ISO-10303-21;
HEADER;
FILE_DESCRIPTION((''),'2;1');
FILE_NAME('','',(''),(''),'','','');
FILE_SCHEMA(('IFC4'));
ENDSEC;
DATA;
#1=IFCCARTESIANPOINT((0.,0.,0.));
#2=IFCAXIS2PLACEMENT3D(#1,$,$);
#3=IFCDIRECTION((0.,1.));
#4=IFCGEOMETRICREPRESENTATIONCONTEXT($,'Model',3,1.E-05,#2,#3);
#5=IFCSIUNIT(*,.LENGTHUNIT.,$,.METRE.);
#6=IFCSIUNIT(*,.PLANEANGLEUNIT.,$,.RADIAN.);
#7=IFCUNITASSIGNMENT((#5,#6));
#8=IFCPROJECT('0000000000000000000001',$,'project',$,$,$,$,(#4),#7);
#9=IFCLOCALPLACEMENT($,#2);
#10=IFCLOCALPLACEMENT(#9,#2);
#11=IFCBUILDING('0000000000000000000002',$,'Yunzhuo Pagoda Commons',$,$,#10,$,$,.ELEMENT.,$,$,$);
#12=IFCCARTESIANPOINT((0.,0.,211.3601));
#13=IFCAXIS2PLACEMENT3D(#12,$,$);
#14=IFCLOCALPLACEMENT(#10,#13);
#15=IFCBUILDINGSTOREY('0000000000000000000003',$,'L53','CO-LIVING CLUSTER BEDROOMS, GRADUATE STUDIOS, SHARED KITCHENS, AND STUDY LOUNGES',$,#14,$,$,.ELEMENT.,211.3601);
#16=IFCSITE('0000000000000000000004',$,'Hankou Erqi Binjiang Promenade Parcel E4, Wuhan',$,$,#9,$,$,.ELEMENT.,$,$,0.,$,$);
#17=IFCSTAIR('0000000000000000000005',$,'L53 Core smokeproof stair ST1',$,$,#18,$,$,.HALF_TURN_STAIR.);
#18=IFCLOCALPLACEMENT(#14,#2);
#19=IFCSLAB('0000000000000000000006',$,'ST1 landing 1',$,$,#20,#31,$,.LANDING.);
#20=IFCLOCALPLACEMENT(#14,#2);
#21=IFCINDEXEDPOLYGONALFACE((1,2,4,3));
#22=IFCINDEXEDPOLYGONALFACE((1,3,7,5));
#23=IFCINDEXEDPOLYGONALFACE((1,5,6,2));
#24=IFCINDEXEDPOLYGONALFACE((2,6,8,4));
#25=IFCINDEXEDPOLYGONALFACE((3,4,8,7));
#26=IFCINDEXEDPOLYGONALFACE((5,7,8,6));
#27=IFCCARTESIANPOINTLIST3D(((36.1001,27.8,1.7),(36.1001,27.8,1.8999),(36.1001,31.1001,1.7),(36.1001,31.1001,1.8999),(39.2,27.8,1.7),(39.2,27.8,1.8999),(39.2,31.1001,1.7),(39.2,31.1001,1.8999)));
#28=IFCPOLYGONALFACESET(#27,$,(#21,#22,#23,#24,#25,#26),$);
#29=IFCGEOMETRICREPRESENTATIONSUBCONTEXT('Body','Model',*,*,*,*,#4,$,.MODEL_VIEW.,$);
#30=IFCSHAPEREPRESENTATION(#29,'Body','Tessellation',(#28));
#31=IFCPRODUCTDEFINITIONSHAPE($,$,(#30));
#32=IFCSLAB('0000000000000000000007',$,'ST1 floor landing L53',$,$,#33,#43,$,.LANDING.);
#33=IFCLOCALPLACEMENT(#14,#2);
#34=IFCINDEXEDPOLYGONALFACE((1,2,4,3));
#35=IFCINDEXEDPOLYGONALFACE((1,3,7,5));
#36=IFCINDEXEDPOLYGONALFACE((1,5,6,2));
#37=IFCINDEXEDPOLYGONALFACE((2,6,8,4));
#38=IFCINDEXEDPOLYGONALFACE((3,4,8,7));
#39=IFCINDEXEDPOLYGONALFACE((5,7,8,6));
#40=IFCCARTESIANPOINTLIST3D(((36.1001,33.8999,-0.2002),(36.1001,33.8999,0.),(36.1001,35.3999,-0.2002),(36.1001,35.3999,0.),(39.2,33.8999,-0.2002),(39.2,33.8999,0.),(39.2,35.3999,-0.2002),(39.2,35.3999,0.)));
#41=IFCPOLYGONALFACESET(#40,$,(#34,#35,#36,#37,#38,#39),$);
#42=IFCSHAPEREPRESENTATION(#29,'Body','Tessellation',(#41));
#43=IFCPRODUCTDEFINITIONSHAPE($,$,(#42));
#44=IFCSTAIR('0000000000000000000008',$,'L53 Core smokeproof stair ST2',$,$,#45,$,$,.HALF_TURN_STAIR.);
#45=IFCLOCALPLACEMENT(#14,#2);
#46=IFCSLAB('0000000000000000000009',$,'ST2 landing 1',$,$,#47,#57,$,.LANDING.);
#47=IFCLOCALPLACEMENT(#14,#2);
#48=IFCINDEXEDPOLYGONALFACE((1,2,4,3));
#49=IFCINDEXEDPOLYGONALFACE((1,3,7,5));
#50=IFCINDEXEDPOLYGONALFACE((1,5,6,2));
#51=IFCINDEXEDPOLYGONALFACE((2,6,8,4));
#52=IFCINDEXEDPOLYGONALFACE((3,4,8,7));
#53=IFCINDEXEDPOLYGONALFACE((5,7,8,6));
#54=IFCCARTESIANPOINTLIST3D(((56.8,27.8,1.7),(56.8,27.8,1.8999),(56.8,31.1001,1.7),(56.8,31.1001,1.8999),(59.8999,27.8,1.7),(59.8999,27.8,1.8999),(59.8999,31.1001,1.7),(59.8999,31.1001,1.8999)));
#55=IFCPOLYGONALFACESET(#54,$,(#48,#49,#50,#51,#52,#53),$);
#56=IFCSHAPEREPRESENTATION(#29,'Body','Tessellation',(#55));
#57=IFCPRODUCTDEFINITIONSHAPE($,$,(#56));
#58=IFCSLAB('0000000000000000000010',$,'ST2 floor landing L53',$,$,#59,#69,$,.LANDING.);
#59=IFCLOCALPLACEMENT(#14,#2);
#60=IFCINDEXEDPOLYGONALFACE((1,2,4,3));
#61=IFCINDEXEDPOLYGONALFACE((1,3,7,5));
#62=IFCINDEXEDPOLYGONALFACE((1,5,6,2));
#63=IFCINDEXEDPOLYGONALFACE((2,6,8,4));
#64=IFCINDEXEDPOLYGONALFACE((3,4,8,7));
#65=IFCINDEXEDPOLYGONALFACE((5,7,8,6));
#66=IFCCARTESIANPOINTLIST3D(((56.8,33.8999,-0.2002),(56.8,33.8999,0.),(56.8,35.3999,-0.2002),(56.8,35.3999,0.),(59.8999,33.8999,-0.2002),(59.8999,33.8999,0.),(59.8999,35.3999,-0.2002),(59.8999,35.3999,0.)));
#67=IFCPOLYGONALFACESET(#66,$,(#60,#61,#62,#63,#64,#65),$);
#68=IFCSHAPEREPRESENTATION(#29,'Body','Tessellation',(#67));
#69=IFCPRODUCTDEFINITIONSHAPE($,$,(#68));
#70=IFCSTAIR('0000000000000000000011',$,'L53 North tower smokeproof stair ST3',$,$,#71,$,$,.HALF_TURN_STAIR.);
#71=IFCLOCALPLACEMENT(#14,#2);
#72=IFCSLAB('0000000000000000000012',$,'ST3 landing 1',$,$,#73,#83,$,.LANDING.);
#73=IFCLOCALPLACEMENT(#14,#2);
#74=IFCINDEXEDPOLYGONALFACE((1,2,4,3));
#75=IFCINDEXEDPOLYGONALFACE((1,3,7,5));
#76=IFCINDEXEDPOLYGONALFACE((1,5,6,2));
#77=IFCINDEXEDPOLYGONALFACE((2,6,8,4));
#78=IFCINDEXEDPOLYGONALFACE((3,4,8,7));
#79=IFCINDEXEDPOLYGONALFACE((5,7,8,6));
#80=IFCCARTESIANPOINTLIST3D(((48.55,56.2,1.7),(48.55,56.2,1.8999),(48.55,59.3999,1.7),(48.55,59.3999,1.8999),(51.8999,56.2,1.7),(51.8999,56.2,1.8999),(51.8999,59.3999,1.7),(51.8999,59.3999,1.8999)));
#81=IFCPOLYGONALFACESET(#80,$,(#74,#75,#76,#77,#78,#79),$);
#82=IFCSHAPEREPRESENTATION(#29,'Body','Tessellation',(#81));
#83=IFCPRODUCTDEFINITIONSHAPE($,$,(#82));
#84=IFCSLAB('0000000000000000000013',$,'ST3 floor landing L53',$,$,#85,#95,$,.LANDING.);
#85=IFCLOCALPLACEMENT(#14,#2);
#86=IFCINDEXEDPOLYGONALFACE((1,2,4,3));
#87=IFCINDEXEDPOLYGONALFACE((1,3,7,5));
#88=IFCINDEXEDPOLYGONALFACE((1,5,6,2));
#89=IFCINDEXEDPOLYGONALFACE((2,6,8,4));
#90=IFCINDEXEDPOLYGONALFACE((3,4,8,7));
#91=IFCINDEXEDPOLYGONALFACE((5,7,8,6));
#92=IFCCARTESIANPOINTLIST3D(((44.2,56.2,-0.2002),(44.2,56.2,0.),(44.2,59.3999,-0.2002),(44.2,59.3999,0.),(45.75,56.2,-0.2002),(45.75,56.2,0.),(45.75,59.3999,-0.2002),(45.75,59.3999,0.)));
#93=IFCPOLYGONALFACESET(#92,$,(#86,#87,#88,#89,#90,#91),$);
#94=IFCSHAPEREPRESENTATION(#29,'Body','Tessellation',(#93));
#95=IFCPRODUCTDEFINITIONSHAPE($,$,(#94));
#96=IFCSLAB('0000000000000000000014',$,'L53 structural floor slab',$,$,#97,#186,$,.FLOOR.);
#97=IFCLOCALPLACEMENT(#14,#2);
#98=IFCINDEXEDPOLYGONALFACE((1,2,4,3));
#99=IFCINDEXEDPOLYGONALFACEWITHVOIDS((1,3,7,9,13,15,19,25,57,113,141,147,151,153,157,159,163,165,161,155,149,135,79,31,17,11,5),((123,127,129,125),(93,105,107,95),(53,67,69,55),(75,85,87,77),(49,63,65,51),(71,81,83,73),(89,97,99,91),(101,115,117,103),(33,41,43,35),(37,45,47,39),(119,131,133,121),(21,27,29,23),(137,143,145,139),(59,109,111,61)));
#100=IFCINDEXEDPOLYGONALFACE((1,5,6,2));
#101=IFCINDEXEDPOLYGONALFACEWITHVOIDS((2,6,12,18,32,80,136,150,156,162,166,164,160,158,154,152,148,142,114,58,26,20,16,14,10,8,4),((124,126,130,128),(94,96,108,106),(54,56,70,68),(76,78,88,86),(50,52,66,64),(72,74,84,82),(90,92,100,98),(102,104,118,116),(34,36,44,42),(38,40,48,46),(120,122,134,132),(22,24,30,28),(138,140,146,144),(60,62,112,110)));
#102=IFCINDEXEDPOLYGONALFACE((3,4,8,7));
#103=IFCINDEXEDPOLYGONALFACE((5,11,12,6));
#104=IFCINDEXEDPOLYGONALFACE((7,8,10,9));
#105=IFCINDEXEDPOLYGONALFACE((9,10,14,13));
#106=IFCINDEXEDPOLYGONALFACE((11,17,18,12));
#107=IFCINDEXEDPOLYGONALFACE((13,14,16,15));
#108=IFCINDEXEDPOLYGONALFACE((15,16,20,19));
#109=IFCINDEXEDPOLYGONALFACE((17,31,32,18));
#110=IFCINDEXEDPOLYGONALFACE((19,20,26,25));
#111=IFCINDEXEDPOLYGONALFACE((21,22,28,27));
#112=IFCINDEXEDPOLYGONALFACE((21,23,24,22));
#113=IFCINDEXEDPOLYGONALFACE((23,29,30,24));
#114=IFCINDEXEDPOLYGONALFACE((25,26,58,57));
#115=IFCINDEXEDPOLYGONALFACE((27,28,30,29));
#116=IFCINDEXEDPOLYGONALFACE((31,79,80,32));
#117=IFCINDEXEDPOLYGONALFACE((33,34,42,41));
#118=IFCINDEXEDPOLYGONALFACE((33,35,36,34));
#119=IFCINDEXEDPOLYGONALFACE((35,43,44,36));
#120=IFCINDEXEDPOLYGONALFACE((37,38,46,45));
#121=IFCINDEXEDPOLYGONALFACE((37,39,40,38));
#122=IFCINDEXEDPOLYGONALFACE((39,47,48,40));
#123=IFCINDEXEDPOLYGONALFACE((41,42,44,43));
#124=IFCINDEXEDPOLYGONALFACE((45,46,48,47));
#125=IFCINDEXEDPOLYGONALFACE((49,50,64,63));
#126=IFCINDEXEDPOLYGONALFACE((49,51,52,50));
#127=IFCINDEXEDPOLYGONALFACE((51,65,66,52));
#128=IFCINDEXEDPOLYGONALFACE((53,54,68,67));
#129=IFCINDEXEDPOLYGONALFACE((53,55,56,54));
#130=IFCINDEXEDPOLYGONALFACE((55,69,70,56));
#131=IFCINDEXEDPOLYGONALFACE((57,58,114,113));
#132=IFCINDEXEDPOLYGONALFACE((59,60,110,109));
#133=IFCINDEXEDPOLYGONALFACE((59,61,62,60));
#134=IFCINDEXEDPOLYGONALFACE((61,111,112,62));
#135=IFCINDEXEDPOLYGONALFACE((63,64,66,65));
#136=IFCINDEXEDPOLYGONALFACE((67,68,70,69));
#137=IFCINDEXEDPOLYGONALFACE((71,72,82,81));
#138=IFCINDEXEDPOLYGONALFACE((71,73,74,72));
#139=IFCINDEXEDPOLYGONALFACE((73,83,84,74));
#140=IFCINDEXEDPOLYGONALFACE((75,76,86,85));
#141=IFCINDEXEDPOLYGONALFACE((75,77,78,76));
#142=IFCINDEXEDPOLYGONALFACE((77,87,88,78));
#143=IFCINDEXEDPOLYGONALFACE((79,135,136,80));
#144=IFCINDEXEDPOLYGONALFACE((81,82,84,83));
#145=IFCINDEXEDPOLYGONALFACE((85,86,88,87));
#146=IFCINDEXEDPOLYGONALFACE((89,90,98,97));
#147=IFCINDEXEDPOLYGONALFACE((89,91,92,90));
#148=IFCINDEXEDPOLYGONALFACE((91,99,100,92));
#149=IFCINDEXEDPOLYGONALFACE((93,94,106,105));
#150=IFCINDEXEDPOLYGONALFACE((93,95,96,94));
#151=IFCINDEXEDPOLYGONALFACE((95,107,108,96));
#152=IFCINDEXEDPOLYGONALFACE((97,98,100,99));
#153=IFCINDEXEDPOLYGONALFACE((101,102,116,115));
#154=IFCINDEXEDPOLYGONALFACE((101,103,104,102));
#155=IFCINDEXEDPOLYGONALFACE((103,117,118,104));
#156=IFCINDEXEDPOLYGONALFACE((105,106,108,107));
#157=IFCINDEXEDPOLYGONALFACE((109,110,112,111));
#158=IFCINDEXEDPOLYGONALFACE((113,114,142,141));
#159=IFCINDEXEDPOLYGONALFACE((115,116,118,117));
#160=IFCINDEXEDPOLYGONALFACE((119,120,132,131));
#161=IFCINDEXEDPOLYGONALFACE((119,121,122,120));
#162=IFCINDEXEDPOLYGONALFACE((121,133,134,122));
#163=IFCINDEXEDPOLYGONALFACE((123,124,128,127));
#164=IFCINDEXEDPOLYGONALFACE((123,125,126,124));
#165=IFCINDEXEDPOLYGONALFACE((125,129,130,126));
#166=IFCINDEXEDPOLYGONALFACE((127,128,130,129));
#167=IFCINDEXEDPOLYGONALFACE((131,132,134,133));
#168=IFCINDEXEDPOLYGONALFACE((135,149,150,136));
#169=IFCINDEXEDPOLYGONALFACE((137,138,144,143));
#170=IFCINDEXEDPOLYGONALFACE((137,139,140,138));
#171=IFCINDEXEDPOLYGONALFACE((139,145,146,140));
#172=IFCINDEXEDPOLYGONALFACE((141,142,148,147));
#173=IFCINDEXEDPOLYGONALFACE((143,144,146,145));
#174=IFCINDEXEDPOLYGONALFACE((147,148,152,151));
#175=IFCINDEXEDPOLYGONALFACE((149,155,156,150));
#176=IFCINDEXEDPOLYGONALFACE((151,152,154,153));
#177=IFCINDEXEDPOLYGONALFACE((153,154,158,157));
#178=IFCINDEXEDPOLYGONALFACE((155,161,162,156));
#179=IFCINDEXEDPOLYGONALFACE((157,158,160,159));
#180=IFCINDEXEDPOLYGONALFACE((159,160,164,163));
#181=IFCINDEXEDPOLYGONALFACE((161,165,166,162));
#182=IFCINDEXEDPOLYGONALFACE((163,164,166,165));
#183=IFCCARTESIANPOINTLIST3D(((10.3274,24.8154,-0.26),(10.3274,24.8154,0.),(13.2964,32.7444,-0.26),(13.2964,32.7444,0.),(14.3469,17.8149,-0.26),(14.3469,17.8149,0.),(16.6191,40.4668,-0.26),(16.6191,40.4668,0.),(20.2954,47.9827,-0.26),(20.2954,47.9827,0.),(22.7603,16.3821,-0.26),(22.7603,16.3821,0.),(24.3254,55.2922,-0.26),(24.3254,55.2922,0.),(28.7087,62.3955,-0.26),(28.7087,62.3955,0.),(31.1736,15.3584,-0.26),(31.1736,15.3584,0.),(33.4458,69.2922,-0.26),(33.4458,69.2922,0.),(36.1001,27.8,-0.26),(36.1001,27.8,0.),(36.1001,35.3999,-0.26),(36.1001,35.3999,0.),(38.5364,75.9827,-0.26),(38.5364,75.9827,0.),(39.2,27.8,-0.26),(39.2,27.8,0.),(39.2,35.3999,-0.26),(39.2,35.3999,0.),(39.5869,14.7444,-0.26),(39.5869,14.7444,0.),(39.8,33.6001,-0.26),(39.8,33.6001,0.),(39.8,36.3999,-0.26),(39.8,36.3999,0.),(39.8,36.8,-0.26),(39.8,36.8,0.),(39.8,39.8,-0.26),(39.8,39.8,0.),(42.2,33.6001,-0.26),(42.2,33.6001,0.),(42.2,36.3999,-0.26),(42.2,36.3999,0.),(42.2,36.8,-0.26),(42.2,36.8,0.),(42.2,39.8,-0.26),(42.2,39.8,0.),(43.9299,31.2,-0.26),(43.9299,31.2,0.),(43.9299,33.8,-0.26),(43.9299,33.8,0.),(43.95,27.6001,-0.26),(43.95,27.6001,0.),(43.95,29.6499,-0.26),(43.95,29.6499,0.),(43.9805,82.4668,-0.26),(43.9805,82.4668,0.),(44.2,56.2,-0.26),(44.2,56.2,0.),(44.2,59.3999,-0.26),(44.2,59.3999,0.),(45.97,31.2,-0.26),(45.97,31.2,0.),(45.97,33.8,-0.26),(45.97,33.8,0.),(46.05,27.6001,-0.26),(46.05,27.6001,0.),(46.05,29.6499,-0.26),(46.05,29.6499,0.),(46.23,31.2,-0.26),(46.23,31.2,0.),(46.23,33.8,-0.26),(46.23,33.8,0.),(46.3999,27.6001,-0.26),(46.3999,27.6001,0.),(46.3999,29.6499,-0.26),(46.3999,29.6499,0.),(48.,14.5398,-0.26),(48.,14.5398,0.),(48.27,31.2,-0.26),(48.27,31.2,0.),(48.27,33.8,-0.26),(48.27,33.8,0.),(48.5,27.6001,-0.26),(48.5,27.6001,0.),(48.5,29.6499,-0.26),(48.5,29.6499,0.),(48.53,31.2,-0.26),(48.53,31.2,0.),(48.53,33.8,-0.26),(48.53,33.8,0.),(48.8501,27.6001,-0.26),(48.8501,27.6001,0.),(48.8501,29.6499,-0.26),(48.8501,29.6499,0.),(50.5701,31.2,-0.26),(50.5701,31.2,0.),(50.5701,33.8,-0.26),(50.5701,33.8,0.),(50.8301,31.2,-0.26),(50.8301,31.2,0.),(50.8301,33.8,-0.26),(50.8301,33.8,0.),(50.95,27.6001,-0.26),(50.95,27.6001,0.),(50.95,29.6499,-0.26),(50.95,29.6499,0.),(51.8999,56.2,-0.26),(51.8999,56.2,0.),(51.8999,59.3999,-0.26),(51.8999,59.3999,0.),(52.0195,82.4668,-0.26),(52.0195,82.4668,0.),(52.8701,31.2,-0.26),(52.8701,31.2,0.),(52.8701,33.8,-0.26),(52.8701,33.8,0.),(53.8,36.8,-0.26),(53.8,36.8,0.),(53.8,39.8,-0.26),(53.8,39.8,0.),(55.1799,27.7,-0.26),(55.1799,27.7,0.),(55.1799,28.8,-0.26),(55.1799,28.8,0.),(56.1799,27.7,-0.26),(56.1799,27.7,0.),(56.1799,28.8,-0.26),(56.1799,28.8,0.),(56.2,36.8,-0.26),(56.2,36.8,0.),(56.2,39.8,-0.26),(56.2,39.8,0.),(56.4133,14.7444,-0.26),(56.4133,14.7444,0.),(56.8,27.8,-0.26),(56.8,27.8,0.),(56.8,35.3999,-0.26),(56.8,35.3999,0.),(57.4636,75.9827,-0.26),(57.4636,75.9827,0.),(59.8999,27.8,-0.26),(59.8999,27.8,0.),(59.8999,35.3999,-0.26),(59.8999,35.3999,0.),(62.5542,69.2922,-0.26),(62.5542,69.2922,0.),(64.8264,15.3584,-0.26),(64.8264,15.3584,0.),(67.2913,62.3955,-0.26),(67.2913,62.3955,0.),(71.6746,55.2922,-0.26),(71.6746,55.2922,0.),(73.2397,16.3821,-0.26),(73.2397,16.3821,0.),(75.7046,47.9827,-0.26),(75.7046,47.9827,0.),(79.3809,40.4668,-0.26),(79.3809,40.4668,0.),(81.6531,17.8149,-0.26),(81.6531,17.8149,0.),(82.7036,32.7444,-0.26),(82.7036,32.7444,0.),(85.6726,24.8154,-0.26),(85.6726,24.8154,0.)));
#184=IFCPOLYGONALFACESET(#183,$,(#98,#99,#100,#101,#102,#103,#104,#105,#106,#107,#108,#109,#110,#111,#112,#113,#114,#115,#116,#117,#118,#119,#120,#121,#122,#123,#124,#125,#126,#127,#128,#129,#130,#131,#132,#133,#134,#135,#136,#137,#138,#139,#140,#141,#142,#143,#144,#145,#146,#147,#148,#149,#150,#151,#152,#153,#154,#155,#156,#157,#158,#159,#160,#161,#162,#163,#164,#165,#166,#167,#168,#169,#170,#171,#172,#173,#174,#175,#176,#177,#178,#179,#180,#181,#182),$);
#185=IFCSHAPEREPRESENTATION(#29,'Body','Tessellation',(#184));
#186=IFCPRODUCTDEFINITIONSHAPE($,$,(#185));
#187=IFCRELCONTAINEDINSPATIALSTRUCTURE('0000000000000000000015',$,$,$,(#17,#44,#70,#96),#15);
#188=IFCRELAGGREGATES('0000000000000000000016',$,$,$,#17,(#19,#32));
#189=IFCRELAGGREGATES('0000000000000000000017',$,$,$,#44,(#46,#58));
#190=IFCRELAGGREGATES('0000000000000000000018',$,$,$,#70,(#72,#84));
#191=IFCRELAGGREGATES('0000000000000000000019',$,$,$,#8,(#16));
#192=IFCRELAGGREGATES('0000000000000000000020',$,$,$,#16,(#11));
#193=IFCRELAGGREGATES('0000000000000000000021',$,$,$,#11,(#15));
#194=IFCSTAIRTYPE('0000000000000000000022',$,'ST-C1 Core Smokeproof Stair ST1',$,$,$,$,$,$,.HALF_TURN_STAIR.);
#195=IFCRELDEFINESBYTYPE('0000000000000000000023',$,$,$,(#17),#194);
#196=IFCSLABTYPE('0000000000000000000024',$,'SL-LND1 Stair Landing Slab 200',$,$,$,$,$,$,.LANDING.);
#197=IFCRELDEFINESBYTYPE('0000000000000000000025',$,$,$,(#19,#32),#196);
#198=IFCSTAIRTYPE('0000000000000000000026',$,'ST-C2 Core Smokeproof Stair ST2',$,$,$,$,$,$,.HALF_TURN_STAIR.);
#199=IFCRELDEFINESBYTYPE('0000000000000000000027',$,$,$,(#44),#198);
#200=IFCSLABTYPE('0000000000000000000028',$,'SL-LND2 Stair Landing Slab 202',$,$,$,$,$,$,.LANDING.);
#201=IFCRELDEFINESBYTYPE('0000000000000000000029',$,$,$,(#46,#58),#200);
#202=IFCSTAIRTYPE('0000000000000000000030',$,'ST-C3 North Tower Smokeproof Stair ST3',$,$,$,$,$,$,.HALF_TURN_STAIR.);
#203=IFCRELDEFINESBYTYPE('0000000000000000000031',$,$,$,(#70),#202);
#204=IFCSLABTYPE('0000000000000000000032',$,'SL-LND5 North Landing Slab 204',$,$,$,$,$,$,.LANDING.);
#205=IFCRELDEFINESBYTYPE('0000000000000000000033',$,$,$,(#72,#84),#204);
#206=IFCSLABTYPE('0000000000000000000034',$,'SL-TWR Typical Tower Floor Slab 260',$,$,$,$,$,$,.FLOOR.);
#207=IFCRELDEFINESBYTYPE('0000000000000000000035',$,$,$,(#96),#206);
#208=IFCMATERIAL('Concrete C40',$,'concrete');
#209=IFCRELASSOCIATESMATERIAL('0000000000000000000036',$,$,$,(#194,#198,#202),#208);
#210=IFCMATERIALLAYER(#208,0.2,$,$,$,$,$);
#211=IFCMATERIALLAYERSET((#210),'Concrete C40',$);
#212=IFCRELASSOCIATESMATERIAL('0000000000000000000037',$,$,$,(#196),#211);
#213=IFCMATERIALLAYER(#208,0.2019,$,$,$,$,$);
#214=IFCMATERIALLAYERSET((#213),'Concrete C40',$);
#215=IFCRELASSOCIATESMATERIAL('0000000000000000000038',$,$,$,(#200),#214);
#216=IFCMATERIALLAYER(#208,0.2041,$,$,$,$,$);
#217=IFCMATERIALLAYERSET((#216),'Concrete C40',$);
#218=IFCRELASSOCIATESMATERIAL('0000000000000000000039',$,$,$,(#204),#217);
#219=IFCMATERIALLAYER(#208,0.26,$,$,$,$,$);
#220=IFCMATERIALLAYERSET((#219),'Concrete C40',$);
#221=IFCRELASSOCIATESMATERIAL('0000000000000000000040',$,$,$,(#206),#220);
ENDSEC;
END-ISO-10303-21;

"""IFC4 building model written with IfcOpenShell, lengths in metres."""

from ifc_helpers import new_model, si_unit, direction, frame, origin, place, context, subcontext, project, spatial, polyline, outline, extrude, material, layer, layer_set, type_object, element, aggregate, save


model = new_model("IFC4")

# Units and contexts
model_context = context("Model", 3, precision=1e-05, world=origin(), true_north=direction((0.0, 1.0)))
body_context = subcontext(model_context, "Body", "Model", "MODEL_VIEW")
ifc_project = project(units=[si_unit("LENGTHUNIT", "METRE"), si_unit("PLANEANGLEUNIT", "RADIAN")], contexts=[model_context])

# Site, building, storey
site_placement = place(None, origin())
site = spatial("IfcSite", under=ifc_project, at=site_placement, Name="Hankou Erqi Binjiang Promenade Parcel E4, Wuhan", CompositionType="ELEMENT", RefElevation=0.0)
building_placement = place(site_placement, origin())
building = spatial("IfcBuilding", under=site, at=building_placement, Name="Yunzhuo Pagoda Commons", CompositionType="ELEMENT")
storey_placement = place(building_placement, frame((0.0, 0.0, 211.3601)))
storey = spatial("IfcBuildingStorey", under=building, at=storey_placement, Name="L53", Description="CO-LIVING CLUSTER BEDROOMS, GRADUATE STUDIOS, SHARED KITCHENS, AND STUDY LOUNGES", CompositionType="ELEMENT", Elevation=211.3601)

# Shared definitions
ifc_material_1 = material(Name="Concrete C40", Category="concrete")

# Stairs, slabs
stair_type_1 = type_object("IfcStairType", Name="ST-C1 Core Smokeproof Stair ST1", PredefinedType="HALF_TURN_STAIR", material=ifc_material_1)
stair_1_placement = place(storey_placement, origin())
stair_1 = element("IfcStair", 1, at=stair_1_placement, inside=storey, type_object=stair_type_1, Name="L53 Core smokeproof stair ST1", PredefinedType="HALF_TURN_STAIR")
ifc_layer_1 = layer(ifc_material_1, 0.2)
ifc_layer_set_1 = layer_set([ifc_layer_1], Name="Concrete C40")
slab_type_1 = type_object("IfcSlabType", Name="SL-LND1 Stair Landing Slab 200", PredefinedType="LANDING", material=ifc_layer_set_1)
slab_1_placement = place(storey_placement, frame((0.0, 0.0, 1.7)))
slab_1 = element("IfcSlab", 2, at=slab_1_placement, type_object=slab_type_1, Name="ST1 landing 1", PredefinedType="LANDING", context=body_context, shape_type="SweptSolid", body=[
    extrude(outline(polyline([(36.1001, 31.1001), (36.1001, 27.8), (39.2, 27.8), (39.2, 31.1001), (36.1001, 31.1001)])), origin(), (0.0, 0.0, 1.0), 0.2),
])
slab_2_placement = place(storey_placement, frame((0.0, 0.0, -0.2002)))
slab_2 = element("IfcSlab", 3, at=slab_2_placement, type_object=slab_type_1, Name="ST1 floor landing L53", PredefinedType="LANDING", context=body_context, shape_type="SweptSolid", body=[
    extrude(outline(polyline([(36.1001, 35.3999), (36.1001, 33.8999), (39.2, 33.8999), (39.2, 35.3999), (36.1001, 35.3999)])), origin(), (0.0, 0.0, 1.0), 0.2002),
])
aggregate(stair_1, [slab_1, slab_2])
stair_type_2 = type_object("IfcStairType", Name="ST-C2 Core Smokeproof Stair ST2", PredefinedType="HALF_TURN_STAIR", material=ifc_material_1)
stair_2_placement = place(storey_placement, origin())
stair_2 = element("IfcStair", 4, at=stair_2_placement, inside=storey, type_object=stair_type_2, Name="L53 Core smokeproof stair ST2", PredefinedType="HALF_TURN_STAIR")
ifc_layer_2 = layer(ifc_material_1, 0.2019)
ifc_layer_set_2 = layer_set([ifc_layer_2], Name="Concrete C40")
slab_type_2 = type_object("IfcSlabType", Name="SL-LND2 Stair Landing Slab 202", PredefinedType="LANDING", material=ifc_layer_set_2)
slab_3_placement = place(storey_placement, frame((0.0, 0.0, 1.7)))
slab_3 = element("IfcSlab", 5, at=slab_3_placement, type_object=slab_type_2, Name="ST2 landing 1", PredefinedType="LANDING", context=body_context, shape_type="SweptSolid", body=[
    extrude(outline(polyline([(56.8, 31.1001), (56.8, 27.8), (59.8999, 27.8), (59.8999, 31.1001), (56.8, 31.1001)])), origin(), (0.0, 0.0, 1.0), 0.2),
])
slab_4_placement = place(storey_placement, frame((0.0, 0.0, -0.2002)))
slab_4 = element("IfcSlab", 6, at=slab_4_placement, type_object=slab_type_2, Name="ST2 floor landing L53", PredefinedType="LANDING", context=body_context, shape_type="SweptSolid", body=[
    extrude(outline(polyline([(56.8, 35.3999), (56.8, 33.8999), (59.8999, 33.8999), (59.8999, 35.3999), (56.8, 35.3999)])), origin(), (0.0, 0.0, 1.0), 0.2002),
])
aggregate(stair_2, [slab_3, slab_4])
stair_type_3 = type_object("IfcStairType", Name="ST-C3 North Tower Smokeproof Stair ST3", PredefinedType="HALF_TURN_STAIR", material=ifc_material_1)
stair_3_placement = place(storey_placement, origin())
stair_3 = element("IfcStair", 7, at=stair_3_placement, inside=storey, type_object=stair_type_3, Name="L53 North tower smokeproof stair ST3", PredefinedType="HALF_TURN_STAIR")
ifc_layer_3 = layer(ifc_material_1, 0.2041)
ifc_layer_set_3 = layer_set([ifc_layer_3], Name="Concrete C40")
slab_type_3 = type_object("IfcSlabType", Name="SL-LND5 North Landing Slab 204", PredefinedType="LANDING", material=ifc_layer_set_3)
slab_5_placement = place(storey_placement, frame((0.0, 0.0, 1.7)))
slab_5 = element("IfcSlab", 8, at=slab_5_placement, type_object=slab_type_3, Name="ST3 landing 1", PredefinedType="LANDING", context=body_context, shape_type="SweptSolid", body=[
    extrude(outline(polyline([(48.55, 56.2), (51.8999, 56.2), (51.8999, 59.3999), (48.55, 59.3999), (48.55, 56.2)])), origin(), (0.0, 0.0, 1.0), 0.2),
])
slab_6_placement = place(storey_placement, frame((0.0, 0.0, -0.2002)))
slab_6 = element("IfcSlab", 9, at=slab_6_placement, type_object=slab_type_3, Name="ST3 floor landing L53", PredefinedType="LANDING", context=body_context, shape_type="SweptSolid", body=[
    extrude(outline(polyline([(44.2, 56.2), (45.75, 56.2), (45.75, 59.3999), (44.2, 59.3999), (44.2, 56.2)])), origin(), (0.0, 0.0, 1.0), 0.2002),
])
aggregate(stair_3, [slab_5, slab_6])

# Slab
ifc_layer_4 = layer(ifc_material_1, 0.26)
ifc_layer_set_4 = layer_set([ifc_layer_4], Name="Concrete C40")
slab_type_4 = type_object("IfcSlabType", Name="SL-TWR Typical Tower Floor Slab 260", PredefinedType="FLOOR", material=ifc_layer_set_4)
slab_7_placement = place(storey_placement, frame((0.0, 0.0, -0.26)))
element("IfcSlab", 10, at=slab_7_placement, inside=storey, type_object=slab_type_4, Name="L53 structural floor slab", PredefinedType="FLOOR", context=body_context, shape_type="SweptSolid", body=[
    extrude(outline(polyline([(13.2964, 32.7444), (16.6191, 40.4668), (20.2954, 47.9827), (24.3254, 55.2922), (28.7087, 62.3955), (33.4458, 69.2922), (38.5364, 75.9827), (43.9805, 82.4668), (52.0195, 82.4668), (57.4636, 75.9827), (62.5542, 69.2922), (67.2913, 62.3955), (71.6746, 55.2922), (75.7046, 47.9827), (79.3809, 40.4668), (82.7036, 32.7444), (85.6726, 24.8154), (81.6531, 17.8149), (73.2397, 16.3821), (64.8264, 15.3584), (56.4133, 14.7444), (48.0, 14.5398), (39.5869, 14.7444), (31.1736, 15.3584), (22.7603, 16.3821), (14.3469, 17.8149), (10.3274, 24.8154), (13.2964, 32.7444)]), holes=[polyline([(46.05, 29.6499), (43.95, 29.6499), (43.95, 27.6001), (46.05, 27.6001), (46.05, 29.6499)]), polyline([(48.5, 27.6001), (48.5, 29.6499), (46.3999, 29.6499), (46.3999, 27.6001), (48.5, 27.6001)]), polyline([(36.1001, 27.8), (39.2, 27.8), (39.2, 35.3999), (36.1001, 35.3999), (36.1001, 27.8)]), polyline([(45.97, 31.2), (45.97, 33.8), (43.9299, 33.8), (43.9299, 31.2), (45.97, 31.2)]), polyline([(48.27, 31.2), (48.27, 33.8), (46.23, 33.8), (46.23, 31.2), (48.27, 31.2)]), polyline([(42.2, 33.6001), (42.2, 36.3999), (39.8, 36.3999), (39.8, 33.6001), (42.2, 33.6001)]), polyline([(42.2, 36.8), (42.2, 39.8), (39.8, 39.8), (39.8, 36.8), (42.2, 36.8)]), polyline([(56.1799, 28.8), (55.1799, 28.8), (55.1799, 27.7), (56.1799, 27.7), (56.1799, 28.8)]), polyline([(50.95, 27.6001), (50.95, 29.6499), (48.8501, 29.6499), (48.8501, 27.6001), (50.95, 27.6001)]), polyline([(56.8, 27.8), (59.8999, 27.8), (59.8999, 35.3999), (56.8, 35.3999), (56.8, 27.8)]), polyline([(50.5701, 31.2), (50.5701, 33.8), (48.53, 33.8), (48.53, 31.2), (50.5701, 31.2)]), polyline([(52.8701, 31.2), (52.8701, 33.8), (50.8301, 33.8), (50.8301, 31.2), (52.8701, 31.2)]), polyline([(56.2, 36.8), (56.2, 39.8), (53.8, 39.8), (53.8, 36.8), (56.2, 36.8)]), polyline([(51.8999, 56.2), (51.8999, 59.3999), (44.2, 59.3999), (44.2, 56.2), (51.8999, 56.2)])]), origin(), (0.0, 0.0, 1.0), 0.26),
])

save(model, "model.ifc")
